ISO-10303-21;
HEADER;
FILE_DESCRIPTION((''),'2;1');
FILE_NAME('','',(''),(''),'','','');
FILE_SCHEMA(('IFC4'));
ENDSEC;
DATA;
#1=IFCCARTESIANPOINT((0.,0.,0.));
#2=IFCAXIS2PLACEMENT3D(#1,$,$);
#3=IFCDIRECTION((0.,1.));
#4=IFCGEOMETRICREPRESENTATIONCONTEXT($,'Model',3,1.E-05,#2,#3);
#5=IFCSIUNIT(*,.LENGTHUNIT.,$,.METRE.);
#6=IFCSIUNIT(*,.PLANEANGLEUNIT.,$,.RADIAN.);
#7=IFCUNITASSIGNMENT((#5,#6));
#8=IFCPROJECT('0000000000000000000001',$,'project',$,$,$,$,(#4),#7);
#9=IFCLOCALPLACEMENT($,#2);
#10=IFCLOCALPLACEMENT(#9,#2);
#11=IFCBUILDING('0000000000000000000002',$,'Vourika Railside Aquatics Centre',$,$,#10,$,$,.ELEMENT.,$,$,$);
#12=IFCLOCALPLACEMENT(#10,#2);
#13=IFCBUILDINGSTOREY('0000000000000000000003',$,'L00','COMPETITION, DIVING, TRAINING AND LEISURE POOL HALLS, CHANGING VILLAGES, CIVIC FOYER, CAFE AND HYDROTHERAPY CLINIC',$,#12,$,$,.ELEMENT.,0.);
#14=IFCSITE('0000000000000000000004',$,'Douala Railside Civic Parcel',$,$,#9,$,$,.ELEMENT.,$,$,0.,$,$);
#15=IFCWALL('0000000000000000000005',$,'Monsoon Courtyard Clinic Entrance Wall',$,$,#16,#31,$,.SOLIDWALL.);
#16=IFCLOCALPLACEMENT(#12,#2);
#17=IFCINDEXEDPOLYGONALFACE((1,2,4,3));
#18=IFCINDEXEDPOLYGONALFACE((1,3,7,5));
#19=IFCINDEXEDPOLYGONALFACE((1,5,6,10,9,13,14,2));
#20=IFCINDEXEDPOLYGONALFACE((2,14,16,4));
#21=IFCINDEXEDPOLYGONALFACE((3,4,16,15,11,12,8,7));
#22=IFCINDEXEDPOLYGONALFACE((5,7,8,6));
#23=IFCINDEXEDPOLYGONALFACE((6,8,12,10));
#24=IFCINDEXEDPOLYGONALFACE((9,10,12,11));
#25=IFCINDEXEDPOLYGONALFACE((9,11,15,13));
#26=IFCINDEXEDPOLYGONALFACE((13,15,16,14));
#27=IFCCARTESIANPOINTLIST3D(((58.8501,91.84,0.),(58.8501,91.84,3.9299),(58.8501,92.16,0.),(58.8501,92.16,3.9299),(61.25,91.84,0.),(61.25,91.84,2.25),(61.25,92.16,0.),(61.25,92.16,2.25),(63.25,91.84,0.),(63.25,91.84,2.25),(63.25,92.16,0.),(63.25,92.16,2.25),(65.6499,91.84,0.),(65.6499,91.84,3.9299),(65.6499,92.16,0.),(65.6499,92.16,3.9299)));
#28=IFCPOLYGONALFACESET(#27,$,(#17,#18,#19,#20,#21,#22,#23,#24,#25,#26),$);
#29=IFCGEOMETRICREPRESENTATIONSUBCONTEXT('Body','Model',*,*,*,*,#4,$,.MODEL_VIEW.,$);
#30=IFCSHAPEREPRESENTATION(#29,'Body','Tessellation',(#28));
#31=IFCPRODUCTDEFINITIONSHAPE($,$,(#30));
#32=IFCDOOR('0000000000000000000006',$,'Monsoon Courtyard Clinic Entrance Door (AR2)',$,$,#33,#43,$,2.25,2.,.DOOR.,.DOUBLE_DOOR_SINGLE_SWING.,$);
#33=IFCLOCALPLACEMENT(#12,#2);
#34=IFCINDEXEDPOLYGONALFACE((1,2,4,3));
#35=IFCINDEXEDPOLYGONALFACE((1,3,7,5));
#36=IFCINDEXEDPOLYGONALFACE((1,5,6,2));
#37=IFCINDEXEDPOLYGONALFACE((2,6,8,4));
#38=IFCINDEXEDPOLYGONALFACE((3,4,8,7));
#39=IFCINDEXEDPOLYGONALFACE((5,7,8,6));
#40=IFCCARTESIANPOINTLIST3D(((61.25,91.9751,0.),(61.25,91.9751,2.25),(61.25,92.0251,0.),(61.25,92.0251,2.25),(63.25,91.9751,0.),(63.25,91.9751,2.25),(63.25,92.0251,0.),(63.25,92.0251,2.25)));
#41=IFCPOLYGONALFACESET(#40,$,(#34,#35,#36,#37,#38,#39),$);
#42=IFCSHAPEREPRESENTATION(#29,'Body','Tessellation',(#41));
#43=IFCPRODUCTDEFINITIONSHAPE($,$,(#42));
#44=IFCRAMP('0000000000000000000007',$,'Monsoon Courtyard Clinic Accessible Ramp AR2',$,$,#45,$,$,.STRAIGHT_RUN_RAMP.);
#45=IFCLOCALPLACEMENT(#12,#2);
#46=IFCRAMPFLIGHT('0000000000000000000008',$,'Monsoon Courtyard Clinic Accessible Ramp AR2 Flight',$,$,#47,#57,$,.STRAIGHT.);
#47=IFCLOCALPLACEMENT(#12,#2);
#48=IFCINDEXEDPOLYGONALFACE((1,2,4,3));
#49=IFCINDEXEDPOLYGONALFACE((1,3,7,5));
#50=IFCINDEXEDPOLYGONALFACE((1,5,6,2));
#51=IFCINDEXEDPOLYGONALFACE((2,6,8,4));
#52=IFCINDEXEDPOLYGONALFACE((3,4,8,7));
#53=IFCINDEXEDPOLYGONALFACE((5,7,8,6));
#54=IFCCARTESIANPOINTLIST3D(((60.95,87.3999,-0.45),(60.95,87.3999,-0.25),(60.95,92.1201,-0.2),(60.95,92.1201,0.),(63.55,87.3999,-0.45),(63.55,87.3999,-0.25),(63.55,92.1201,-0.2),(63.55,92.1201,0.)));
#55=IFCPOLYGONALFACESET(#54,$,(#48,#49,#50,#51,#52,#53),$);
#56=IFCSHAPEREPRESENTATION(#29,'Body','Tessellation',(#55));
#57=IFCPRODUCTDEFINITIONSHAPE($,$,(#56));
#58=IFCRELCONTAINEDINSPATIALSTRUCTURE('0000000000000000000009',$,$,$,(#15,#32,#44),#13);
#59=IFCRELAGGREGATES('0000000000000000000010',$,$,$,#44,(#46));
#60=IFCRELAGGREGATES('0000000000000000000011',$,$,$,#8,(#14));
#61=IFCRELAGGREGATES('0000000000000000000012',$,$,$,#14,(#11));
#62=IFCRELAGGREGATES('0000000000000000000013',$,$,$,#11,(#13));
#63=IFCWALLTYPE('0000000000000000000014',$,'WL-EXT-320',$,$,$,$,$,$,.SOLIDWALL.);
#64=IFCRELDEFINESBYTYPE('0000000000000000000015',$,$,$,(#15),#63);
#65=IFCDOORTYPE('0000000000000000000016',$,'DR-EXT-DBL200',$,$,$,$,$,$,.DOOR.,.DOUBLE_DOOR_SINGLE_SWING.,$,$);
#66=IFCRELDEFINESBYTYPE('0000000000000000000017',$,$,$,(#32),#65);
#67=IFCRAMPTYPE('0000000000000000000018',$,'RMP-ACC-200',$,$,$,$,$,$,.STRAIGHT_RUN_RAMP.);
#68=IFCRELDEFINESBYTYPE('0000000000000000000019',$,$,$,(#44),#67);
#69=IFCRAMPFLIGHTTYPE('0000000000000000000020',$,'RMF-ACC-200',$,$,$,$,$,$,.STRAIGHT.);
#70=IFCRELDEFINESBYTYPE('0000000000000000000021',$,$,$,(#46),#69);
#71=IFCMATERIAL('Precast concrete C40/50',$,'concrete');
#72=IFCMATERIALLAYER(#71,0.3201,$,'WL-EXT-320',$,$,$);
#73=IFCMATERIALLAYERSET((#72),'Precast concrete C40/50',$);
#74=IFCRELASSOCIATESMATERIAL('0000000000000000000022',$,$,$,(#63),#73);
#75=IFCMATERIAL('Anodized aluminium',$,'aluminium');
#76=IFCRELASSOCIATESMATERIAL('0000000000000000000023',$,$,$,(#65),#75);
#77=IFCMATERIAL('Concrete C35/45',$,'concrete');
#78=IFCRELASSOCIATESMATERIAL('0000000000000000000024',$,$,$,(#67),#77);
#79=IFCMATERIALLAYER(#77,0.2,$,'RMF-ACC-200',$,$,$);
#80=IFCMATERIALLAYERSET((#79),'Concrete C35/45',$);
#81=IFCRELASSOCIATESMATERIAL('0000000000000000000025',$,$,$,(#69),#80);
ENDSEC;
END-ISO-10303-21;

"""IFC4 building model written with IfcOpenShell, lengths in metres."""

from ifc_helpers import new_model, si_unit, direction, frame, frame_2d, origin, place, context, subcontext, project, spatial, polyline, rectangle, outline, extrude, material, layer, layer_set, type_object, element, fill, aggregate, save


model = new_model("IFC4")

# Units and contexts
model_context = context("Model", 3, precision=1e-05, world=origin(), true_north=direction((0.0, 1.0)))
body_context = subcontext(model_context, "Body", "Model", "MODEL_VIEW")
ifc_project = project(units=[si_unit("LENGTHUNIT", "METRE"), si_unit("PLANEANGLEUNIT", "RADIAN")], contexts=[model_context])

# Site, building, storey
site_placement = place(None, origin())
site = spatial("IfcSite", under=ifc_project, at=site_placement, Name="Douala Railside Civic Parcel", CompositionType="ELEMENT", RefElevation=0.0)
building_placement = place(site_placement, origin())
building = spatial("IfcBuilding", under=site, at=building_placement, Name="Vourika Railside Aquatics Centre", CompositionType="ELEMENT")
storey_placement = place(building_placement, origin())
storey = spatial("IfcBuildingStorey", under=building, at=storey_placement, Name="L00", Description="COMPETITION, DIVING, TRAINING AND LEISURE POOL HALLS, CHANGING VILLAGES, CIVIC FOYER, CAFE AND HYDROTHERAPY CLINIC", CompositionType="ELEMENT", Elevation=0.0)

# Shared definitions
ifc_material_1 = material(Name="Concrete C35/45", Category="concrete")

# Wall, opening, door
ifc_material_2 = material(Name="Precast concrete C40/50", Category="concrete")
ifc_layer_1 = layer(ifc_material_2, 0.3201, Name="WL-EXT-320")
ifc_layer_set_1 = layer_set([ifc_layer_1], Name="Precast concrete C40/50")
wall_type = type_object("IfcWallType", Name="WL-EXT-320", PredefinedType="SOLIDWALL", material=ifc_layer_set_1)
wall_placement = place(storey_placement, frame((58.8501, 92.0, 0.0), z_axis=(0.0, 0.0, 1.0), x_axis=(1.0, 0.0, 0.0)))
wall = element("IfcWall", 1, at=wall_placement, inside=storey, type_object=wall_type, Name="Monsoon Courtyard Clinic Entrance Wall", PredefinedType="SOLIDWALL", context=body_context, shape_type="SweptSolid", body=[
    extrude(rectangle(XDim=6.7998, YDim=0.3201, at=frame_2d((3.3999, 0.0))), origin(), (0.0, 0.0, 1.0), 3.9299),
])
opening_placement = place(wall_placement, frame((2.3999, 0.0, 0.0)))
opening = element("IfcOpeningElement", 2, at=opening_placement, cuts=wall, PredefinedType="OPENING", context=body_context, shape_type="SweptSolid", body=[
    extrude(rectangle(XDim=2.0, YDim=2.25, at=frame_2d((1.0, 1.125))), frame((0.0, 0.1699, 0.0), z_axis=(0.0, -1.0, 0.0), x_axis=(1.0, 0.0, 0.0)), (0.0, 0.0, 1.0), 0.3401),
])
ifc_material_3 = material(Name="Anodized aluminium", Category="aluminium")
door_type = type_object("IfcDoorType", Name="DR-EXT-DBL200", OperationType="DOUBLE_DOOR_SINGLE_SWING", PredefinedType="DOOR", material=ifc_material_3)
door_placement = place(opening_placement, frame((2.0, 0.0, 0.0), z_axis=(0.0, 0.0, 1.0), x_axis=(-1.0, 0.0, 0.0)))
door = element("IfcDoor", 3, at=door_placement, inside=storey, type_object=door_type, Name="Monsoon Courtyard Clinic Entrance Door (AR2)", OperationType="DOUBLE_DOOR_SINGLE_SWING", OverallHeight=2.25, OverallWidth=2.0, PredefinedType="DOOR", context=body_context, shape_type="SweptSolid", body=[
    extrude(rectangle(XDim=2.0, YDim=2.25, at=frame_2d((1.0, 1.125))), frame((0.0, 0.0249, 0.0), z_axis=(0.0, -1.0, 0.0), x_axis=(1.0, 0.0, 0.0)), (0.0, 0.0, 1.0), 0.05),
])
fill(opening, door)

# Ramp, ramp flight
ramp_type = type_object("IfcRampType", Name="RMP-ACC-200", PredefinedType="STRAIGHT_RUN_RAMP", material=ifc_material_1)
ramp_placement = place(storey_placement, origin())
ramp = element("IfcRamp", 4, at=ramp_placement, inside=storey, type_object=ramp_type, Name="Monsoon Courtyard Clinic Accessible Ramp AR2", PredefinedType="STRAIGHT_RUN_RAMP")
ifc_layer_2 = layer(ifc_material_1, 0.2, Name="RMF-ACC-200")
ifc_layer_set_2 = layer_set([ifc_layer_2], Name="Concrete C35/45")
ramp_flight_type = type_object("IfcRampFlightType", Name="RMF-ACC-200", PredefinedType="STRAIGHT", material=ifc_layer_set_2)
ramp_flight_placement = place(storey_placement, frame((62.25, 87.3999, -0.25), z_axis=(0.0, 0.0, 1.0), x_axis=(0.0, 1.0, 0.0)))
ramp_flight = element("IfcRampFlight", 5, at=ramp_flight_placement, type_object=ramp_flight_type, Name="Monsoon Courtyard Clinic Accessible Ramp AR2 Flight", PredefinedType="STRAIGHT", context=body_context, shape_type="SweptSolid", body=[
    extrude(outline(polyline([(0.0, 0.0), (4.7202, 0.25), (4.7202, 0.05), (0.0, -0.2), (0.0, 0.0)])), frame((0.0, 1.3, 0.0), z_axis=(0.0, -1.0, 0.0), x_axis=(1.0, 0.0, 0.0)), (0.0, 0.0, 1.0), 2.6001),
])
aggregate(ramp, [ramp_flight])

save(model, "model.ifc")
